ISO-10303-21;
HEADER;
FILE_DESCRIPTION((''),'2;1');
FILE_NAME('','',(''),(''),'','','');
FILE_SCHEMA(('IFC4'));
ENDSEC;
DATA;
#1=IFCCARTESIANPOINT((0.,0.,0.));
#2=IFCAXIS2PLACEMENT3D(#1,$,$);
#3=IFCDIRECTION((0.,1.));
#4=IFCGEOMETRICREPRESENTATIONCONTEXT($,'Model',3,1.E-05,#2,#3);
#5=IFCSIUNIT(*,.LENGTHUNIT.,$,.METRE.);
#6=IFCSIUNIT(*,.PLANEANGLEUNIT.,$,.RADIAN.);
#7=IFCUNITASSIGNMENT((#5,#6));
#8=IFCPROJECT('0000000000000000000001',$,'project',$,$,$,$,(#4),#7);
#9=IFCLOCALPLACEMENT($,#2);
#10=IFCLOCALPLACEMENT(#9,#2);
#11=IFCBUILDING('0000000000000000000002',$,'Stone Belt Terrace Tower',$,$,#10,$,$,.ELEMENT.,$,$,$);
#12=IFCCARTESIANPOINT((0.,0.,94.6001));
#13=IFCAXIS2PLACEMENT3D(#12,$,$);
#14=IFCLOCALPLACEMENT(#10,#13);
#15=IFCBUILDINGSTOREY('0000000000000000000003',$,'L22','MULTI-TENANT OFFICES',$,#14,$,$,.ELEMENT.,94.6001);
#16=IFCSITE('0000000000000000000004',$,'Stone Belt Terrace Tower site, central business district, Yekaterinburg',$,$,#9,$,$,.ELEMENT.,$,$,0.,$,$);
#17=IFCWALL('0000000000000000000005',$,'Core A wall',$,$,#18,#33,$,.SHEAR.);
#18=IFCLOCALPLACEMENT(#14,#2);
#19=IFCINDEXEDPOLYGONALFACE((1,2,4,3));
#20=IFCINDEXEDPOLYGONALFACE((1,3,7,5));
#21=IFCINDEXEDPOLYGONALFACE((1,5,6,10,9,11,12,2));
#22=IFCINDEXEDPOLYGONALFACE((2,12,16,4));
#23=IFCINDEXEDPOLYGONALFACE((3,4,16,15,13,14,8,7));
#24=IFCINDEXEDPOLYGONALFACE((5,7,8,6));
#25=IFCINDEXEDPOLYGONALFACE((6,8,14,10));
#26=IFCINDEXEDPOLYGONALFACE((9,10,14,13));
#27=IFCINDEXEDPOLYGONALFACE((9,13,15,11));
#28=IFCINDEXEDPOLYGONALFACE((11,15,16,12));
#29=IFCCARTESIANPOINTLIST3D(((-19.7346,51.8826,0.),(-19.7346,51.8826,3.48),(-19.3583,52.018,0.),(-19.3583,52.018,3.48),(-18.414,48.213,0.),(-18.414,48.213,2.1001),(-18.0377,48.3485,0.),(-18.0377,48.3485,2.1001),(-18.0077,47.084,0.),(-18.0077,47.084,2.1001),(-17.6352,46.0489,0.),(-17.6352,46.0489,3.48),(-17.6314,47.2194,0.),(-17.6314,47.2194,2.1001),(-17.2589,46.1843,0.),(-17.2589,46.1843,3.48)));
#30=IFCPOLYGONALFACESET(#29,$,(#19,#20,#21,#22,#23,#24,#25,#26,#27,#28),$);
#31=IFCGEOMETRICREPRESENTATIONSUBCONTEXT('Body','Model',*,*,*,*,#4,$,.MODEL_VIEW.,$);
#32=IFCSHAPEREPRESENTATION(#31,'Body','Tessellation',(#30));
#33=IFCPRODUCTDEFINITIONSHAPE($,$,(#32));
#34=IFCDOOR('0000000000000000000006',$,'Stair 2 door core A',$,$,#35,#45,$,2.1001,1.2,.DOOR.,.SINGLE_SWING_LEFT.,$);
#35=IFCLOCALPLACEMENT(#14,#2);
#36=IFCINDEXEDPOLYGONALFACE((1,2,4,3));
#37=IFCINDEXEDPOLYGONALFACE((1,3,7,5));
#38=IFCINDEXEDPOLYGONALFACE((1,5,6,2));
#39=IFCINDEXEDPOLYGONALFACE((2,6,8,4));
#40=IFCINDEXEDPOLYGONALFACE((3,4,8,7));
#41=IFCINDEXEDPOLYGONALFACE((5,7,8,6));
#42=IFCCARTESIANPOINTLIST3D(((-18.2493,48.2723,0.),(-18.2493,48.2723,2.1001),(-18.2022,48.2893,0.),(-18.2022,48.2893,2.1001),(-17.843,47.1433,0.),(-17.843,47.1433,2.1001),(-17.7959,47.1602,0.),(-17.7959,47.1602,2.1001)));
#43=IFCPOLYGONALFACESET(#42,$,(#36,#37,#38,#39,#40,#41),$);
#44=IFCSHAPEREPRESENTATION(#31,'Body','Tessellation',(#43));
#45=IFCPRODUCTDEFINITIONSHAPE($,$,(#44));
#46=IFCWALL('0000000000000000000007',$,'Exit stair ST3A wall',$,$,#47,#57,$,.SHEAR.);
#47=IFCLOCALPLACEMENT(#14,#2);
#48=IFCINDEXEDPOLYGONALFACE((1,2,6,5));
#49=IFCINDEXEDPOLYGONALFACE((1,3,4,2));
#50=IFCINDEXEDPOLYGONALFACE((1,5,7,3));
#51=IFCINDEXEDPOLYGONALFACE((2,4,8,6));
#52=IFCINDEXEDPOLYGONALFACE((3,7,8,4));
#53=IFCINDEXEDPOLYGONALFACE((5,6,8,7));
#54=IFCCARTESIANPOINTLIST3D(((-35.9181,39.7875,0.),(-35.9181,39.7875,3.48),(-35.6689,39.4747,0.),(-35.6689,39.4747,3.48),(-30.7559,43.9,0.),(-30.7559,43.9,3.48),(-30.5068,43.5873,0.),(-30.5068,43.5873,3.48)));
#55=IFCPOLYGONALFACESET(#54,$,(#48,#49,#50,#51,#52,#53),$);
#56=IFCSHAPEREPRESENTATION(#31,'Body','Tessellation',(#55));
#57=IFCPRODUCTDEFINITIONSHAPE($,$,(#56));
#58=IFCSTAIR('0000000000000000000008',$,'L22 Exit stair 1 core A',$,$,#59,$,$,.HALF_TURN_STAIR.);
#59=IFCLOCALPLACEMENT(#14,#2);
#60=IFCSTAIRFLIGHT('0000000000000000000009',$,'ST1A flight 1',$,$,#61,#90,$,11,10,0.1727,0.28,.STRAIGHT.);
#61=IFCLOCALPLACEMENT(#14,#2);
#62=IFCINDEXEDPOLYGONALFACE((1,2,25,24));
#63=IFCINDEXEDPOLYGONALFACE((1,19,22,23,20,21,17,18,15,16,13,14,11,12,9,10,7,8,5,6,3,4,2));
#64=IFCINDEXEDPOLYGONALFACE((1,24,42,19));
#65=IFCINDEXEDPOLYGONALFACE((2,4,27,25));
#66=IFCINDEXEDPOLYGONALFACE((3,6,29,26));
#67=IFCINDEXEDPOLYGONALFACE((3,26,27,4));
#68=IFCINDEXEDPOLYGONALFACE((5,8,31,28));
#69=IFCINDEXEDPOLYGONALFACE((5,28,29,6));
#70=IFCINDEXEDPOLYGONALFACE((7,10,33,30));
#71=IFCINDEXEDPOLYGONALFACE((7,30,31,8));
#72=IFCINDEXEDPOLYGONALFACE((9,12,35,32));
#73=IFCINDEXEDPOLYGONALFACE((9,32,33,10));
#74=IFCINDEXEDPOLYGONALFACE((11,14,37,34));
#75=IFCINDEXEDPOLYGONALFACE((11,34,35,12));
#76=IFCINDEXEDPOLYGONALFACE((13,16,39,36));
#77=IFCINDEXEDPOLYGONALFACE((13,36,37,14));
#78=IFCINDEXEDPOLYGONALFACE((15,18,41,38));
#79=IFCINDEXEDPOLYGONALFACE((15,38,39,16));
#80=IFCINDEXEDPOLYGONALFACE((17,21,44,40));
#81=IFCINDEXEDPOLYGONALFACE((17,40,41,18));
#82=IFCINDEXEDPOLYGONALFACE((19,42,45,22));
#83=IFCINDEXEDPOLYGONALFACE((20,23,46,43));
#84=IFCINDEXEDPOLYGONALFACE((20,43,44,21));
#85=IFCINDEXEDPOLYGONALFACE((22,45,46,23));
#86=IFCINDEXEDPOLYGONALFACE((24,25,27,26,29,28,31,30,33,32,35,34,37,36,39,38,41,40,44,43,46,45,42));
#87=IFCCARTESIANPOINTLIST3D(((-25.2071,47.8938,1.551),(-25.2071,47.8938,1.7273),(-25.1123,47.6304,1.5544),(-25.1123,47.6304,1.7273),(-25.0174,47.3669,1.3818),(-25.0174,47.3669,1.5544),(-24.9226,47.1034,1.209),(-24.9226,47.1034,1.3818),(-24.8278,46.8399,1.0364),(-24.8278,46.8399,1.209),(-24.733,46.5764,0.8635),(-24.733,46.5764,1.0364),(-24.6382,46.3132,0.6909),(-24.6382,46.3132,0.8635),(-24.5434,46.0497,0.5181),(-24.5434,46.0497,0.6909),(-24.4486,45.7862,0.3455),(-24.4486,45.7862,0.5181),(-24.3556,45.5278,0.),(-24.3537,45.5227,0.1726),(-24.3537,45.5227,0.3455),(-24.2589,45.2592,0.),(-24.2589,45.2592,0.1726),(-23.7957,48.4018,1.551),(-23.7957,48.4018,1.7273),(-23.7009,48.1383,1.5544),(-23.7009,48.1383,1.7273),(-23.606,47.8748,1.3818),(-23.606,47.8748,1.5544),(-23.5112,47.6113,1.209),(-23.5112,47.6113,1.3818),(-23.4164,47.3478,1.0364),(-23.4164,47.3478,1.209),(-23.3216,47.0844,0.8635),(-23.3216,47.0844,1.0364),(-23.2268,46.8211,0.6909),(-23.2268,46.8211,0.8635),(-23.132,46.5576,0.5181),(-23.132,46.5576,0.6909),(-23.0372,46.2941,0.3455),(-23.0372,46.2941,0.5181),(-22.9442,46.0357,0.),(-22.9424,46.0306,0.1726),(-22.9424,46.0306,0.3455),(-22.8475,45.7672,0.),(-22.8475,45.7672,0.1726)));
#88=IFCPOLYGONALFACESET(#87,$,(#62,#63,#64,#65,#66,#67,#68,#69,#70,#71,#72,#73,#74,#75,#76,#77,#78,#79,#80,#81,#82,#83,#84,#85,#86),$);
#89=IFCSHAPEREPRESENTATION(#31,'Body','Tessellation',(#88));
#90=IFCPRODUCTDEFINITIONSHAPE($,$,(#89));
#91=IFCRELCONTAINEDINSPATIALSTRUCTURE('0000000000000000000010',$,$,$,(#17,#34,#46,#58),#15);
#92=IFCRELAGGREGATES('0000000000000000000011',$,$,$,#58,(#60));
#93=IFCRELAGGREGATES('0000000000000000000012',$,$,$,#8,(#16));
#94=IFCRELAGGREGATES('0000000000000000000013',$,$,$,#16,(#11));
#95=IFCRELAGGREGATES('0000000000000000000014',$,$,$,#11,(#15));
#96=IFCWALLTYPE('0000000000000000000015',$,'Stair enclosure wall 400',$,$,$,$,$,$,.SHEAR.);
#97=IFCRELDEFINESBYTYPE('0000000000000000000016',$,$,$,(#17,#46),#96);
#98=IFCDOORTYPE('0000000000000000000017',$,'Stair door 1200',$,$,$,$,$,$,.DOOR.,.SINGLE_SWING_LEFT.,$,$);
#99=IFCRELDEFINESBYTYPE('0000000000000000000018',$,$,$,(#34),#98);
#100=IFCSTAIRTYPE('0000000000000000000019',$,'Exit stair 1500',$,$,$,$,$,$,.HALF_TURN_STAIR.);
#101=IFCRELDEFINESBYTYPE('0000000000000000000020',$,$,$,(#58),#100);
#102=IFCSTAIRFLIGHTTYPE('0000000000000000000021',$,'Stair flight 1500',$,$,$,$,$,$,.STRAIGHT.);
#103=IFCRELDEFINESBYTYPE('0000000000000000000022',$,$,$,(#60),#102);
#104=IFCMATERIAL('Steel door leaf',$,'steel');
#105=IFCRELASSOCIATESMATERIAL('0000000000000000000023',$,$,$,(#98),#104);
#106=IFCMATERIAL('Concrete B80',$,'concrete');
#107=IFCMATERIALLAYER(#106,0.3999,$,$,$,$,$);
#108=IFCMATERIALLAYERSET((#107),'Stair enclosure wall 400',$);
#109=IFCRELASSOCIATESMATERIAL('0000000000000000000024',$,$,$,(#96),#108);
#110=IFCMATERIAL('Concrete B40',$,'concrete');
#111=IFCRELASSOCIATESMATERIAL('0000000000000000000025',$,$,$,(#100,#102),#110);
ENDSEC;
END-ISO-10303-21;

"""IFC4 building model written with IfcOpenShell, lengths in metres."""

from ifc_helpers import new_model, si_unit, direction, frame, frame_2d, origin, place, context, subcontext, project, spatial, polyline, rectangle, outline, extrude, material, layer, layer_set, type_object, element, fill, aggregate, save


model = new_model("IFC4")

# Units and contexts
model_context = context("Model", 3, precision=1e-05, world=origin(), true_north=direction((0.0, 1.0)))
body_context = subcontext(model_context, "Body", "Model", "MODEL_VIEW")
ifc_project = project(units=[si_unit("LENGTHUNIT", "METRE"), si_unit("PLANEANGLEUNIT", "RADIAN")], contexts=[model_context])

# Site, building, storey
site_placement = place(None, origin())
site = spatial("IfcSite", under=ifc_project, at=site_placement, Name="Stone Belt Terrace Tower site, central business district, Yekaterinburg", CompositionType="ELEMENT", RefElevation=0.0)
building_placement = place(site_placement, origin())
building = spatial("IfcBuilding", under=site, at=building_placement, Name="Stone Belt Terrace Tower", CompositionType="ELEMENT")
storey_placement = place(building_placement, frame((0.0, 0.0, 94.6001)))
storey = spatial("IfcBuildingStorey", under=building, at=storey_placement, Name="L22", Description="MULTI-TENANT OFFICES", CompositionType="ELEMENT", Elevation=94.6001)

# Shared definitions
ifc_material_1 = material(Name="Concrete B80", Category="concrete")

# Shared definitions
ifc_material_2 = material(Name="Steel door leaf", Category="steel")
door_type_1 = type_object("IfcDoorType", Name="Stair door 1200", OperationType="SINGLE_SWING_LEFT", PredefinedType="DOOR", material=ifc_material_2)

# Wall, opening, door
ifc_layer_1 = layer(ifc_material_1, 0.3999)
ifc_layer_set_1 = layer_set([ifc_layer_1], Name="Stair enclosure wall 400")
wall_type_1 = type_object("IfcWallType", Name="Stair enclosure wall 400", PredefinedType="SHEAR", material=ifc_layer_set_1)
wall_1_placement = place(storey_placement, frame((-17.447, 46.1165, 0.0), z_axis=(0.0, 0.0, 1.0), x_axis=(-0.338608, 0.940928, 0.0)))
wall_1 = element("IfcWall", 1, at=wall_1_placement, inside=storey, type_object=wall_type_1, Name="Core A wall", PredefinedType="SHEAR", context=body_context, shape_type="SweptSolid", body=[
    extrude(rectangle(XDim=6.2, YDim=0.3999, at=frame_2d((3.1001, 0.0))), origin(), (0.0, 0.0, 1.0), 3.48),
])
opening_1_placement = place(wall_1_placement, frame((1.1001, 0.0, 0.0)))
opening_1 = element("IfcOpeningElement", 2, at=opening_1_placement, cuts=wall_1, PredefinedType="OPENING", context=body_context, shape_type="SweptSolid", body=[
    extrude(rectangle(XDim=1.2, YDim=2.1001, at=frame_2d((0.6001, 1.05))), frame((0.0, 0.21, 0.0), z_axis=(0.0, -1.0, 0.0), x_axis=(1.0, 0.0, 0.0)), (0.0, 0.0, 1.0), 0.4199),
])
door_1_placement = place(opening_1_placement, origin())
door_1 = element("IfcDoor", 3, at=door_1_placement, inside=storey, type_object=door_type_1, Name="Stair 2 door core A", OperationType="SINGLE_SWING_LEFT", OverallHeight=2.1001, OverallWidth=1.2, PredefinedType="DOOR", context=body_context, shape_type="SweptSolid", body=[
    extrude(rectangle(XDim=1.2, YDim=2.1001, at=frame_2d((0.6001, 1.05))), frame((0.0, 0.0249, 0.0), z_axis=(0.0, -1.0, 0.0), x_axis=(1.0, 0.0, 0.0)), (0.0, 0.0, 1.0), 0.05),
])
fill(opening_1, door_1)

# Wall
wall_2_placement = place(storey_placement, frame((-30.6313, 43.7437, 0.0), z_axis=(0.0, 0.0, 1.0), x_axis=(-0.782134, -0.62311, 0.0)))
element("IfcWall", 4, at=wall_2_placement, inside=storey, type_object=wall_type_1, Name="Exit stair ST3A wall", PredefinedType="SHEAR", context=body_context, shape_type="SweptSolid", body=[
    extrude(rectangle(XDim=6.6001, YDim=0.3999, at=frame_2d((3.3, 0.0))), origin(), (0.0, 0.0, 1.0), 3.48),
])

# Stair, stair flight
ifc_material_3 = material(Name="Concrete B40", Category="concrete")
stair_type = type_object("IfcStairType", Name="Exit stair 1500", PredefinedType="HALF_TURN_STAIR", material=ifc_material_3)
stair_placement = place(storey_placement, origin())
stair = element("IfcStair", 5, at=stair_placement, inside=storey, type_object=stair_type, Name="L22 Exit stair 1 core A", PredefinedType="HALF_TURN_STAIR")
stair_flight_type = type_object("IfcStairFlightType", Name="Stair flight 1500", PredefinedType="STRAIGHT", material=ifc_material_3)
stair_flight_placement = place(storey_placement, frame((-23.5532, 45.5132, 0.0), z_axis=(0.0, 0.0, 1.0), x_axis=(-0.338624, 0.940922, 0.0)))
stair_flight = element("IfcStairFlight", 6, at=stair_flight_placement, type_object=stair_flight_type, Name="ST1A flight 1", NumberOfRisers=11, NumberOfTreads=10, PredefinedType="STRAIGHT", RiserHeight=0.1727, TreadLength=0.28, context=body_context, shape_type="SweptSolid", body=[
    extrude(outline(polyline([(0.0, 0.0), (0.0, 0.1726), (0.28, 0.1726), (0.28, 0.3455), (0.5601, 0.3455), (0.5601, 0.5181), (0.8401, 0.5181), (0.8401, 0.6909), (1.1201, 0.6909), (1.1201, 0.8635), (1.3999, 0.8635), (1.3999, 1.0364), (1.6799, 1.0364), (1.6799, 1.209), (1.96, 1.209), (1.96, 1.3818), (2.24, 1.3818), (2.24, 1.5544), (2.52, 1.5544), (2.52, 1.7273), (2.8, 1.7273), (2.8, 1.8999), (2.8, 1.551), (0.2854, 0.0), (0.0, 0.0)])), frame((0.0, 0.75, 0.0), z_axis=(0.0, -1.0, 0.0), x_axis=(1.0, 0.0, 0.0)), (0.0, 0.0, 1.0), 1.5),
])
aggregate(stair, [stair_flight])

save(model, "model.ifc")
